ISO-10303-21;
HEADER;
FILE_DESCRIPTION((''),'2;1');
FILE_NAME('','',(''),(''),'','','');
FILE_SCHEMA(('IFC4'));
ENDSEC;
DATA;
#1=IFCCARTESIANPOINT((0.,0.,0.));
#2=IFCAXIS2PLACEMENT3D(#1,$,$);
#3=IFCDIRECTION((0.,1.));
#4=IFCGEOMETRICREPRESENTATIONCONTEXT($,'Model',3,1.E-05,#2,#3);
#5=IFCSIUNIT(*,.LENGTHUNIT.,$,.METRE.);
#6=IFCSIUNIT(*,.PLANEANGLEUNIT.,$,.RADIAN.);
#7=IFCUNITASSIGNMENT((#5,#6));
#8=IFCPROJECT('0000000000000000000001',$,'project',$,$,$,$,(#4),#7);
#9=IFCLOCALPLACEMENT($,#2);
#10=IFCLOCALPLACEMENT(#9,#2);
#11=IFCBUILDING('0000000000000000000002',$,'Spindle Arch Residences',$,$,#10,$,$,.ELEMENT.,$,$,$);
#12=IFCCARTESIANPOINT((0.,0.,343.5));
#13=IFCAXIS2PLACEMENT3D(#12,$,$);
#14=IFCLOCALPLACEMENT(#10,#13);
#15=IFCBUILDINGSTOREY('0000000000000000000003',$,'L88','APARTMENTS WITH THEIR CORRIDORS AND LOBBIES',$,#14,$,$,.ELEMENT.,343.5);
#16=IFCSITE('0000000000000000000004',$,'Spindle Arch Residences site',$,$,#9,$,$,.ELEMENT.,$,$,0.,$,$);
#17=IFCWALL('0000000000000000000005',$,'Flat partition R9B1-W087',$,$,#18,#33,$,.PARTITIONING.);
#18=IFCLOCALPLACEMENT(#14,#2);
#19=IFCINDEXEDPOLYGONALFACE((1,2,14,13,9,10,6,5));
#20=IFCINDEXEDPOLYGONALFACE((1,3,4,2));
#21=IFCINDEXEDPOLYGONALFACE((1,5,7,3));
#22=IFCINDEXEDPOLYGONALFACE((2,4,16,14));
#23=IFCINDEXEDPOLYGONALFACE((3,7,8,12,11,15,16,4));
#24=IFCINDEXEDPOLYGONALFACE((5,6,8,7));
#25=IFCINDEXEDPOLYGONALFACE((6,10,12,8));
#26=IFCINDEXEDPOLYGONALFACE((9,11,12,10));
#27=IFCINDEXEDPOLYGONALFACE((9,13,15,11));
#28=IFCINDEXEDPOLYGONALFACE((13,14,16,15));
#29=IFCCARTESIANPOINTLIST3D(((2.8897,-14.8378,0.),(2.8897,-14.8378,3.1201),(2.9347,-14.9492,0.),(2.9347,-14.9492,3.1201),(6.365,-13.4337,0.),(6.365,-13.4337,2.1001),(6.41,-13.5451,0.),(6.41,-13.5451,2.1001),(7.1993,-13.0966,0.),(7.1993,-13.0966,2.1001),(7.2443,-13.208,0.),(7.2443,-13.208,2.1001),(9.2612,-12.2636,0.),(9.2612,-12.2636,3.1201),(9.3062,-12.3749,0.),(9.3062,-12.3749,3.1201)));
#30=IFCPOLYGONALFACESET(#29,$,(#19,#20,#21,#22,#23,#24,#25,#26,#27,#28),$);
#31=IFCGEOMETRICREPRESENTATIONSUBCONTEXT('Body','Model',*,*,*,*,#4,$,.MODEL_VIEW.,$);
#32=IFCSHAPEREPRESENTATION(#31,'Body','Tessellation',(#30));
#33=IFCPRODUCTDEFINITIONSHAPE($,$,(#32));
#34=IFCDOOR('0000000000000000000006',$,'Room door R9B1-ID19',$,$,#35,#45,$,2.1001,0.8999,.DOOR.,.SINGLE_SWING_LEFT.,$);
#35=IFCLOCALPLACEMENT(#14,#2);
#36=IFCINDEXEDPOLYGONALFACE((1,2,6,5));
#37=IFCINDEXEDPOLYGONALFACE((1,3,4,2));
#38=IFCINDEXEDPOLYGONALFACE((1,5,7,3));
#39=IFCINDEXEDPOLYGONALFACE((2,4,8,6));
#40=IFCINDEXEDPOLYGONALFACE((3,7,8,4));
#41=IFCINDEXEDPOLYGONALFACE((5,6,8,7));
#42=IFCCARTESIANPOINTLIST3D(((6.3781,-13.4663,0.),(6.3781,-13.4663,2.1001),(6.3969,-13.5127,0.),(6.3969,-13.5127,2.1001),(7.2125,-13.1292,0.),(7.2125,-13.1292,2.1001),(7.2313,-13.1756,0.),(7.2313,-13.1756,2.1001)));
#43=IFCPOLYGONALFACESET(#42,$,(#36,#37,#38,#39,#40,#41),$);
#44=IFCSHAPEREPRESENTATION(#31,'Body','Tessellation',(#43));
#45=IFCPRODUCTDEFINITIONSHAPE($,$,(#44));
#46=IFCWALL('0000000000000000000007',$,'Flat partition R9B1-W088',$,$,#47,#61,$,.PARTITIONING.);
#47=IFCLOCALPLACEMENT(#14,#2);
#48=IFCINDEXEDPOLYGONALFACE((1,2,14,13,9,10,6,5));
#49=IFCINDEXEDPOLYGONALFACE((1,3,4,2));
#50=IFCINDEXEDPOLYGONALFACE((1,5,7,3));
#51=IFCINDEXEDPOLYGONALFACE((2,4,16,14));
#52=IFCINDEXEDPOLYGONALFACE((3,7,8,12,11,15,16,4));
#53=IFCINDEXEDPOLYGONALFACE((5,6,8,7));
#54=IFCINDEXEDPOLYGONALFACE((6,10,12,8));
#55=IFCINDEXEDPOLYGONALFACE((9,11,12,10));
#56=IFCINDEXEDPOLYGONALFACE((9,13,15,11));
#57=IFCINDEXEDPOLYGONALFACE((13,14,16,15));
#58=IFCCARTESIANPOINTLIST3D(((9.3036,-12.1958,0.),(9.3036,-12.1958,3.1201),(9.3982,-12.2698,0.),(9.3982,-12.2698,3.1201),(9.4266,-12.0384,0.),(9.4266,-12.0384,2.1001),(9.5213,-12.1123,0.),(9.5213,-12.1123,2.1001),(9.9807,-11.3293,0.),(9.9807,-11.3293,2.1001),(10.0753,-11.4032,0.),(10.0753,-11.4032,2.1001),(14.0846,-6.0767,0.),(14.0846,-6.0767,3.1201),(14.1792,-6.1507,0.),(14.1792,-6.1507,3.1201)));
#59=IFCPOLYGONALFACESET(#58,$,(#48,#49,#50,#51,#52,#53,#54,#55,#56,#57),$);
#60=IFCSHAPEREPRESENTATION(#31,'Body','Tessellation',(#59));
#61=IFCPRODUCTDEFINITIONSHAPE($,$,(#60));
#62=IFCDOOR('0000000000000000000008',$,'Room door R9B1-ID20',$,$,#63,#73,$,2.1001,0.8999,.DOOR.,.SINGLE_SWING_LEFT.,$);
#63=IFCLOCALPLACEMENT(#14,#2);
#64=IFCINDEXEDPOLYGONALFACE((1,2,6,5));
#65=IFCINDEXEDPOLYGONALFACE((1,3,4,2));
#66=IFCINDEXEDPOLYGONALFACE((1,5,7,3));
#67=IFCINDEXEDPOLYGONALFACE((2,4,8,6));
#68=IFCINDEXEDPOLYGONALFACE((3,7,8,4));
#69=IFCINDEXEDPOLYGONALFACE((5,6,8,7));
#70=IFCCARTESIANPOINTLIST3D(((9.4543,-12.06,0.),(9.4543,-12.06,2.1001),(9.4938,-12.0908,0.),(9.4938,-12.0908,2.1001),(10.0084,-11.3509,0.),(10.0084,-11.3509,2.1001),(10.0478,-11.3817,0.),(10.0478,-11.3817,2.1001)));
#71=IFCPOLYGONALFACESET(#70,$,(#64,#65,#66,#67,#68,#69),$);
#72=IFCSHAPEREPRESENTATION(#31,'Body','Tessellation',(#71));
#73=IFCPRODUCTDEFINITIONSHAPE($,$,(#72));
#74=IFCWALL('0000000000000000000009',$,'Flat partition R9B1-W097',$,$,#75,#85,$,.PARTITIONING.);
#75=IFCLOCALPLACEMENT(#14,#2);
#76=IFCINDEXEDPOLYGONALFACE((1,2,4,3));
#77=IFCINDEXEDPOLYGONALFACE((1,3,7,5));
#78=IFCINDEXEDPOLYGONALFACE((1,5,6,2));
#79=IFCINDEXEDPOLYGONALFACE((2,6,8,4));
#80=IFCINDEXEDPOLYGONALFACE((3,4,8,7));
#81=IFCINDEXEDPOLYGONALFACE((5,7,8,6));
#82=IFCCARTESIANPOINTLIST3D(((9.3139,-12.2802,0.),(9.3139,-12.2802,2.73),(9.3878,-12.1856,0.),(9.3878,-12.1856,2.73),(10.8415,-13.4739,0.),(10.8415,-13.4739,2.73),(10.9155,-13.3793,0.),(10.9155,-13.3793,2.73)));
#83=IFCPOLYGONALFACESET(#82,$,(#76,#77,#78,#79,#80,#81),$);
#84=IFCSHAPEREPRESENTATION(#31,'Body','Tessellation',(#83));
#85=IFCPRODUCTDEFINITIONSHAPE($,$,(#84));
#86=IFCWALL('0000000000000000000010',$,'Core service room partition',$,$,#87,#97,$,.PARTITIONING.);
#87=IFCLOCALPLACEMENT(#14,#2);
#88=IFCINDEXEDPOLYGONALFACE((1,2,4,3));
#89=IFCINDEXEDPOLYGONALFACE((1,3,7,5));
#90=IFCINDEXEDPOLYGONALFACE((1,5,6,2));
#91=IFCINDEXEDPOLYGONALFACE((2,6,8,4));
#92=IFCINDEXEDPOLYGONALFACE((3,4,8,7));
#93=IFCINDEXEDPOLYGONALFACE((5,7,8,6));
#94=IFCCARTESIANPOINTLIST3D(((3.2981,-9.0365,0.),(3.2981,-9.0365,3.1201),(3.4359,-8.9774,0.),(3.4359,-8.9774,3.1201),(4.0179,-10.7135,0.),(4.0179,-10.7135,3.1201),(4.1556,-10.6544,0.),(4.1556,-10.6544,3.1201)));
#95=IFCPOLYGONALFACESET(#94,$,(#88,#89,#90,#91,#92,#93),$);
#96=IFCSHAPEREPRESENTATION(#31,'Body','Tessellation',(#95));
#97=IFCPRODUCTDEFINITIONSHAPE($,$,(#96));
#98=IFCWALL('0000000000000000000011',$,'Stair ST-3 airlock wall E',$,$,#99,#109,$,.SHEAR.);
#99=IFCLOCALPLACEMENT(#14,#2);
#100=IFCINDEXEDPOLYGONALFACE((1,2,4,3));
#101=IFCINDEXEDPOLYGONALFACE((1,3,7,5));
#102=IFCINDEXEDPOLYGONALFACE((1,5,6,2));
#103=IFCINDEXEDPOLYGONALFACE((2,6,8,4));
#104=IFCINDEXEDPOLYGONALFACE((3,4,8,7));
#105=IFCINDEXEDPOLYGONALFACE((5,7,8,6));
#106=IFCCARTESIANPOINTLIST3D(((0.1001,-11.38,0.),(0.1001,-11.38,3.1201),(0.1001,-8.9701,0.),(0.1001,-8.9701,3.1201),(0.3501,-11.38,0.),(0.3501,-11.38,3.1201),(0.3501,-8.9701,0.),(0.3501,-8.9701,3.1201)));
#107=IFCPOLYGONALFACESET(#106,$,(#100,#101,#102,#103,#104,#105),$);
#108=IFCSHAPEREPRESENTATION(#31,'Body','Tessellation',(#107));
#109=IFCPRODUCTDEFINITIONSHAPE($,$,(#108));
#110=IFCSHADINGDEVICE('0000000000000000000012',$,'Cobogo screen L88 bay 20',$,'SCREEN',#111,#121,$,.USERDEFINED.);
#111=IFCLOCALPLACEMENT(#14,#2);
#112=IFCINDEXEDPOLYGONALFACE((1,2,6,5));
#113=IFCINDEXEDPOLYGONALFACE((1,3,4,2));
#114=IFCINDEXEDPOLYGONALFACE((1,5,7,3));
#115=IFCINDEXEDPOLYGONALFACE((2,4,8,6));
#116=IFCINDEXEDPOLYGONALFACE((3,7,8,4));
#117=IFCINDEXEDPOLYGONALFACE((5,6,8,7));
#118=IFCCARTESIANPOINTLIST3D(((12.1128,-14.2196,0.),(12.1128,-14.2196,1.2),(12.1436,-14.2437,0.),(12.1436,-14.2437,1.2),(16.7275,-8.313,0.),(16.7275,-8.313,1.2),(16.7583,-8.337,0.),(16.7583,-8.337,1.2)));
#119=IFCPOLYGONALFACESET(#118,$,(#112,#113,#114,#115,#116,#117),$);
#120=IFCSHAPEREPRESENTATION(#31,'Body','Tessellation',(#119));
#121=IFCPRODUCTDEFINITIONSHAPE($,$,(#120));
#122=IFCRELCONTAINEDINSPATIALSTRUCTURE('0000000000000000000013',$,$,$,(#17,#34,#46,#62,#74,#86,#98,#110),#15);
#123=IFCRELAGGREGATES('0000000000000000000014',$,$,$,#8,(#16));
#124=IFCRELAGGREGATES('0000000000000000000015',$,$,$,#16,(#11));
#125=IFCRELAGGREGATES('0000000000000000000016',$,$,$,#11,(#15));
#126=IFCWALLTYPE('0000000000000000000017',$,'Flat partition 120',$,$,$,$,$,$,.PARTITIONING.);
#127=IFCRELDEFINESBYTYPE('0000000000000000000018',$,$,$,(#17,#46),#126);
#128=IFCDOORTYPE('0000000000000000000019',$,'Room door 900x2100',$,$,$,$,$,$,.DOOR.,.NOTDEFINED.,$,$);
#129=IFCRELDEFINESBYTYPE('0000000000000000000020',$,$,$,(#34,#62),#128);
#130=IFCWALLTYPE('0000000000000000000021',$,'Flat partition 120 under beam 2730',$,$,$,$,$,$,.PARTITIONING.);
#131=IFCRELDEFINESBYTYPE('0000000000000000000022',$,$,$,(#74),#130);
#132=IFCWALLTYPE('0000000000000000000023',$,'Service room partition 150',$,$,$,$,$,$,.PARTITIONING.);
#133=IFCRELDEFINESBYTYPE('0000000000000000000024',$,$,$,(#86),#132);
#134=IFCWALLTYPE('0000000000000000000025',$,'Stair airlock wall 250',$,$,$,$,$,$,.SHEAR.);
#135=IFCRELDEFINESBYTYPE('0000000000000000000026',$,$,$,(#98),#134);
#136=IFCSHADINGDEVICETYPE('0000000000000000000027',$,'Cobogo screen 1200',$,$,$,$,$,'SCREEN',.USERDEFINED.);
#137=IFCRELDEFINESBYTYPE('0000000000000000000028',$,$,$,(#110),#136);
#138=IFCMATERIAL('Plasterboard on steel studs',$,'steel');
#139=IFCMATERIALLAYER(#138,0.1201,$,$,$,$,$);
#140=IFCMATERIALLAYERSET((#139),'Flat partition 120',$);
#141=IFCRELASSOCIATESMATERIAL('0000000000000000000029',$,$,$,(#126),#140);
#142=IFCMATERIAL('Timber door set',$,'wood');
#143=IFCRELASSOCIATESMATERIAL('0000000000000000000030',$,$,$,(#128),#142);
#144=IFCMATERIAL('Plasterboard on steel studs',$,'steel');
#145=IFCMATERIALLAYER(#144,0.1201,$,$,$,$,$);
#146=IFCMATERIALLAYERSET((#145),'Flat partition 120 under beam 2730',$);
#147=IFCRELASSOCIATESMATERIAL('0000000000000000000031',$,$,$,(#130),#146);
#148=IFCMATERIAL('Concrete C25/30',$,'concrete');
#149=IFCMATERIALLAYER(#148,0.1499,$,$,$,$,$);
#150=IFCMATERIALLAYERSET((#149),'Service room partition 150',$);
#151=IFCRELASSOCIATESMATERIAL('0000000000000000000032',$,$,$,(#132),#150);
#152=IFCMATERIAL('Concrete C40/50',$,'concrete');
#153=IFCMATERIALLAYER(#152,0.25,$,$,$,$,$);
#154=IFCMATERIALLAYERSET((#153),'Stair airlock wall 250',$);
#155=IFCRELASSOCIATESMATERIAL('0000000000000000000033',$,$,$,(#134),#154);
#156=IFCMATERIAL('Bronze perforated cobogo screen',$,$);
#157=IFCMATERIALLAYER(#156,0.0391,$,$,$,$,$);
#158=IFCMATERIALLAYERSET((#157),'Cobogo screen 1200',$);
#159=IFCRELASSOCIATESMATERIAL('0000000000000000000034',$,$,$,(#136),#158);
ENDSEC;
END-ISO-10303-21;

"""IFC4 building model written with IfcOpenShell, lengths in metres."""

from ifc_helpers import new_model, si_unit, direction, frame, frame_2d, origin, origin_2d, place, context, subcontext, project, spatial, rectangle, extrude, material, layer, layer_set, type_object, element, fill, save


model = new_model("IFC4")

# Units and contexts
model_context = context("Model", 3, precision=1e-05, world=origin(), true_north=direction((0.0, 1.0)))
body_context = subcontext(model_context, "Body", "Model", "MODEL_VIEW")
ifc_project = project(units=[si_unit("LENGTHUNIT", "METRE"), si_unit("PLANEANGLEUNIT", "RADIAN")], contexts=[model_context])

# Site, building, storey
site_placement = place(None, origin())
site = spatial("IfcSite", under=ifc_project, at=site_placement, Name="Spindle Arch Residences site", CompositionType="ELEMENT", RefElevation=0.0)
building_placement = place(site_placement, origin())
building = spatial("IfcBuilding", under=site, at=building_placement, Name="Spindle Arch Residences", CompositionType="ELEMENT")
storey_placement = place(building_placement, frame((0.0, 0.0, 343.5)))
storey = spatial("IfcBuildingStorey", under=building, at=storey_placement, Name="L88", Description="APARTMENTS WITH THEIR CORRIDORS AND LOBBIES", CompositionType="ELEMENT", Elevation=343.5)

# Shared definitions
ifc_material_1 = material(Name="Plasterboard on steel studs", Category="steel")
ifc_layer_1 = layer(ifc_material_1, 0.1201)
ifc_layer_set_1 = layer_set([ifc_layer_1], Name="Flat partition 120")
wall_type_1 = type_object("IfcWallType", Name="Flat partition 120", PredefinedType="PARTITIONING", material=ifc_layer_set_1)

# Walls, openings, doors
wall_1_placement = place(storey_placement, frame((2.9121, -14.8936, 0.0), z_axis=(0.0, 0.0, 1.0), x_axis=(0.927182, 0.37461, 0.0)))
wall_1 = element("IfcWall", 1, at=wall_1_placement, inside=storey, type_object=wall_type_1, Name="Flat partition R9B1-W087", PredefinedType="PARTITIONING", context=body_context, shape_type="SweptSolid", body=[
    extrude(rectangle(XDim=6.8718, YDim=0.1201, at=frame_2d((3.436, 0.0))), origin(), (0.0, 0.0, 1.0), 3.1201),
])
opening_1_placement = place(wall_1_placement, frame((3.7483, 0.0, 0.0)))
opening_1 = element("IfcOpeningElement", 2, at=opening_1_placement, cuts=wall_1, PredefinedType="OPENING", context=body_context, shape_type="SweptSolid", body=[
    extrude(rectangle(XDim=0.8999, YDim=2.1001, at=frame_2d((0.45, 1.05))), frame((0.0, 0.0701, 0.0), z_axis=(0.0, -1.0, 0.0), x_axis=(1.0, 0.0, 0.0)), (0.0, 0.0, 1.0), 0.1401),
])
ifc_material_2 = material(Name="Timber door set", Category="wood")
door_type_1 = type_object("IfcDoorType", Name="Room door 900x2100", OperationType="NOTDEFINED", PredefinedType="DOOR", material=ifc_material_2)
door_1_placement = place(opening_1_placement, origin())
door_1 = element("IfcDoor", 3, at=door_1_placement, inside=storey, type_object=door_type_1, Name="Room door R9B1-ID19", OperationType="SINGLE_SWING_LEFT", OverallHeight=2.1001, OverallWidth=0.8999, PredefinedType="DOOR", context=body_context, shape_type="SweptSolid", body=[
    extrude(rectangle(XDim=0.8999, YDim=2.1001, at=frame_2d((0.45, 1.05))), frame((0.0, 0.0249, 0.0), z_axis=(0.0, -1.0, 0.0), x_axis=(1.0, 0.0, 0.0)), (0.0, 0.0, 1.0), 0.05),
])
fill(opening_1, door_1)
wall_2_placement = place(storey_placement, frame((9.3508, -12.2329, 0.0), z_axis=(0.0, 0.0, 1.0), x_axis=(0.615678, 0.787998, 0.0)))
wall_2 = element("IfcWall", 4, at=wall_2_placement, inside=storey, type_object=wall_type_1, Name="Flat partition R9B1-W088", PredefinedType="PARTITIONING", context=body_context, shape_type="SweptSolid", body=[
    extrude(rectangle(XDim=7.7654, YDim=0.1201, at=frame_2d((3.8828, 0.0))), origin(), (0.0, 0.0, 1.0), 3.1201),
])
opening_2_placement = place(wall_2_placement, frame((0.2, 0.0, 0.0)))
opening_2 = element("IfcOpeningElement", 5, at=opening_2_placement, cuts=wall_2, PredefinedType="OPENING", context=body_context, shape_type="SweptSolid", body=[
    extrude(rectangle(XDim=0.8999, YDim=2.1001, at=frame_2d((0.45, 1.05))), frame((0.0, 0.0701, 0.0), z_axis=(0.0, -1.0, 0.0), x_axis=(1.0, 0.0, 0.0)), (0.0, 0.0, 1.0), 0.1401),
])
door_2_placement = place(opening_2_placement, origin())
door_2 = element("IfcDoor", 6, at=door_2_placement, inside=storey, type_object=door_type_1, Name="Room door R9B1-ID20", OperationType="SINGLE_SWING_LEFT", OverallHeight=2.1001, OverallWidth=0.8999, PredefinedType="DOOR", context=body_context, shape_type="SweptSolid", body=[
    extrude(rectangle(XDim=0.8999, YDim=2.1001, at=frame_2d((0.45, 1.05))), frame((0.0, 0.0249, 0.0), z_axis=(0.0, -1.0, 0.0), x_axis=(1.0, 0.0, 0.0)), (0.0, 0.0, 1.0), 0.05),
])
fill(opening_2, door_2)

# Wall
ifc_material_3 = material(Name="Plasterboard on steel studs", Category="steel")
ifc_layer_2 = layer(ifc_material_3, 0.1201)
ifc_layer_set_2 = layer_set([ifc_layer_2], Name="Flat partition 120 under beam 2730")
wall_type_2 = type_object("IfcWallType", Name="Flat partition 120 under beam 2730", PredefinedType="PARTITIONING", material=ifc_layer_set_2)
wall_3_placement = place(storey_placement, frame((10.8784, -13.4265, 0.0), z_axis=(0.0, 0.0, 1.0), x_axis=(-0.78798, 0.6157, 0.0)))
element("IfcWall", 7, at=wall_3_placement, inside=storey, type_object=wall_type_2, Name="Flat partition R9B1-W097", PredefinedType="PARTITIONING", context=body_context, shape_type="SweptSolid", body=[
    extrude(rectangle(XDim=1.9387, YDim=0.1201, at=frame_2d((0.9692, 0.0))), origin(), (0.0, 0.0, 1.0), 2.73),
])

# Walls
ifc_material_4 = material(Name="Concrete C25/30", Category="concrete")
ifc_layer_3 = layer(ifc_material_4, 0.1499)
ifc_layer_set_3 = layer_set([ifc_layer_3], Name="Service room partition 150")
wall_type_3 = type_object("IfcWallType", Name="Service room partition 150", PredefinedType="PARTITIONING", material=ifc_layer_set_3)
wall_4_placement = place(storey_placement, frame((3.3669, -9.0068, 0.0), z_axis=(0.0, 0.0, 1.0), x_axis=(0.394387, -0.918944, 0.0)))
element("IfcWall", 8, at=wall_4_placement, inside=storey, type_object=wall_type_3, Name="Core service room partition", PredefinedType="PARTITIONING", context=body_context, shape_type="SweptSolid", body=[
    extrude(rectangle(XDim=1.825, YDim=0.1499, at=frame_2d((0.9126, 0.0))), origin(), (0.0, 0.0, 1.0), 3.1201),
])
ifc_material_5 = material(Name="Concrete C40/50", Category="concrete")
ifc_layer_4 = layer(ifc_material_5, 0.25)
ifc_layer_set_4 = layer_set([ifc_layer_4], Name="Stair airlock wall 250")
wall_type_4 = type_object("IfcWallType", Name="Stair airlock wall 250", PredefinedType="SHEAR", material=ifc_layer_set_4)
wall_5_placement = place(storey_placement, frame((0.2251, -8.97, 0.0), z_axis=(0.0, 0.0, 1.0), x_axis=(0.0, -1.0, 0.0)))
element("IfcWall", 9, at=wall_5_placement, inside=storey, type_object=wall_type_4, Name="Stair ST-3 airlock wall E", PredefinedType="SHEAR", context=body_context, shape_type="SweptSolid", body=[
    extrude(rectangle(XDim=2.4099, YDim=0.25, at=frame_2d((1.2051, 0.0))), origin(), (0.0, 0.0, 1.0), 3.1201),
])

# Shading device
ifc_material_6 = material(Name="Bronze perforated cobogo screen")
ifc_layer_5 = layer(ifc_material_6, 0.0391)
ifc_layer_set_5 = layer_set([ifc_layer_5], Name="Cobogo screen 1200")
shading_device_type = type_object("IfcShadingDeviceType", Name="Cobogo screen 1200", ElementType="SCREEN", PredefinedType="USERDEFINED", material=ifc_layer_set_5)
shading_device_placement = place(storey_placement, frame((14.4355, -11.2783, 0.0), z_axis=(0.0, 0.0, 1.0), x_axis=(0.615661, 0.788011, 0.0)))
element("IfcShadingDevice", 10, at=shading_device_placement, inside=storey, type_object=shading_device_type, Name="Cobogo screen L88 bay 20", ObjectType="SCREEN", PredefinedType="USERDEFINED", context=body_context, shape_type="SweptSolid", body=[
    extrude(rectangle(XDim=7.4956, YDim=0.0391, at=origin_2d()), origin(), (0.0, 0.0, 1.0), 1.2),
])

save(model, "model.ifc")
